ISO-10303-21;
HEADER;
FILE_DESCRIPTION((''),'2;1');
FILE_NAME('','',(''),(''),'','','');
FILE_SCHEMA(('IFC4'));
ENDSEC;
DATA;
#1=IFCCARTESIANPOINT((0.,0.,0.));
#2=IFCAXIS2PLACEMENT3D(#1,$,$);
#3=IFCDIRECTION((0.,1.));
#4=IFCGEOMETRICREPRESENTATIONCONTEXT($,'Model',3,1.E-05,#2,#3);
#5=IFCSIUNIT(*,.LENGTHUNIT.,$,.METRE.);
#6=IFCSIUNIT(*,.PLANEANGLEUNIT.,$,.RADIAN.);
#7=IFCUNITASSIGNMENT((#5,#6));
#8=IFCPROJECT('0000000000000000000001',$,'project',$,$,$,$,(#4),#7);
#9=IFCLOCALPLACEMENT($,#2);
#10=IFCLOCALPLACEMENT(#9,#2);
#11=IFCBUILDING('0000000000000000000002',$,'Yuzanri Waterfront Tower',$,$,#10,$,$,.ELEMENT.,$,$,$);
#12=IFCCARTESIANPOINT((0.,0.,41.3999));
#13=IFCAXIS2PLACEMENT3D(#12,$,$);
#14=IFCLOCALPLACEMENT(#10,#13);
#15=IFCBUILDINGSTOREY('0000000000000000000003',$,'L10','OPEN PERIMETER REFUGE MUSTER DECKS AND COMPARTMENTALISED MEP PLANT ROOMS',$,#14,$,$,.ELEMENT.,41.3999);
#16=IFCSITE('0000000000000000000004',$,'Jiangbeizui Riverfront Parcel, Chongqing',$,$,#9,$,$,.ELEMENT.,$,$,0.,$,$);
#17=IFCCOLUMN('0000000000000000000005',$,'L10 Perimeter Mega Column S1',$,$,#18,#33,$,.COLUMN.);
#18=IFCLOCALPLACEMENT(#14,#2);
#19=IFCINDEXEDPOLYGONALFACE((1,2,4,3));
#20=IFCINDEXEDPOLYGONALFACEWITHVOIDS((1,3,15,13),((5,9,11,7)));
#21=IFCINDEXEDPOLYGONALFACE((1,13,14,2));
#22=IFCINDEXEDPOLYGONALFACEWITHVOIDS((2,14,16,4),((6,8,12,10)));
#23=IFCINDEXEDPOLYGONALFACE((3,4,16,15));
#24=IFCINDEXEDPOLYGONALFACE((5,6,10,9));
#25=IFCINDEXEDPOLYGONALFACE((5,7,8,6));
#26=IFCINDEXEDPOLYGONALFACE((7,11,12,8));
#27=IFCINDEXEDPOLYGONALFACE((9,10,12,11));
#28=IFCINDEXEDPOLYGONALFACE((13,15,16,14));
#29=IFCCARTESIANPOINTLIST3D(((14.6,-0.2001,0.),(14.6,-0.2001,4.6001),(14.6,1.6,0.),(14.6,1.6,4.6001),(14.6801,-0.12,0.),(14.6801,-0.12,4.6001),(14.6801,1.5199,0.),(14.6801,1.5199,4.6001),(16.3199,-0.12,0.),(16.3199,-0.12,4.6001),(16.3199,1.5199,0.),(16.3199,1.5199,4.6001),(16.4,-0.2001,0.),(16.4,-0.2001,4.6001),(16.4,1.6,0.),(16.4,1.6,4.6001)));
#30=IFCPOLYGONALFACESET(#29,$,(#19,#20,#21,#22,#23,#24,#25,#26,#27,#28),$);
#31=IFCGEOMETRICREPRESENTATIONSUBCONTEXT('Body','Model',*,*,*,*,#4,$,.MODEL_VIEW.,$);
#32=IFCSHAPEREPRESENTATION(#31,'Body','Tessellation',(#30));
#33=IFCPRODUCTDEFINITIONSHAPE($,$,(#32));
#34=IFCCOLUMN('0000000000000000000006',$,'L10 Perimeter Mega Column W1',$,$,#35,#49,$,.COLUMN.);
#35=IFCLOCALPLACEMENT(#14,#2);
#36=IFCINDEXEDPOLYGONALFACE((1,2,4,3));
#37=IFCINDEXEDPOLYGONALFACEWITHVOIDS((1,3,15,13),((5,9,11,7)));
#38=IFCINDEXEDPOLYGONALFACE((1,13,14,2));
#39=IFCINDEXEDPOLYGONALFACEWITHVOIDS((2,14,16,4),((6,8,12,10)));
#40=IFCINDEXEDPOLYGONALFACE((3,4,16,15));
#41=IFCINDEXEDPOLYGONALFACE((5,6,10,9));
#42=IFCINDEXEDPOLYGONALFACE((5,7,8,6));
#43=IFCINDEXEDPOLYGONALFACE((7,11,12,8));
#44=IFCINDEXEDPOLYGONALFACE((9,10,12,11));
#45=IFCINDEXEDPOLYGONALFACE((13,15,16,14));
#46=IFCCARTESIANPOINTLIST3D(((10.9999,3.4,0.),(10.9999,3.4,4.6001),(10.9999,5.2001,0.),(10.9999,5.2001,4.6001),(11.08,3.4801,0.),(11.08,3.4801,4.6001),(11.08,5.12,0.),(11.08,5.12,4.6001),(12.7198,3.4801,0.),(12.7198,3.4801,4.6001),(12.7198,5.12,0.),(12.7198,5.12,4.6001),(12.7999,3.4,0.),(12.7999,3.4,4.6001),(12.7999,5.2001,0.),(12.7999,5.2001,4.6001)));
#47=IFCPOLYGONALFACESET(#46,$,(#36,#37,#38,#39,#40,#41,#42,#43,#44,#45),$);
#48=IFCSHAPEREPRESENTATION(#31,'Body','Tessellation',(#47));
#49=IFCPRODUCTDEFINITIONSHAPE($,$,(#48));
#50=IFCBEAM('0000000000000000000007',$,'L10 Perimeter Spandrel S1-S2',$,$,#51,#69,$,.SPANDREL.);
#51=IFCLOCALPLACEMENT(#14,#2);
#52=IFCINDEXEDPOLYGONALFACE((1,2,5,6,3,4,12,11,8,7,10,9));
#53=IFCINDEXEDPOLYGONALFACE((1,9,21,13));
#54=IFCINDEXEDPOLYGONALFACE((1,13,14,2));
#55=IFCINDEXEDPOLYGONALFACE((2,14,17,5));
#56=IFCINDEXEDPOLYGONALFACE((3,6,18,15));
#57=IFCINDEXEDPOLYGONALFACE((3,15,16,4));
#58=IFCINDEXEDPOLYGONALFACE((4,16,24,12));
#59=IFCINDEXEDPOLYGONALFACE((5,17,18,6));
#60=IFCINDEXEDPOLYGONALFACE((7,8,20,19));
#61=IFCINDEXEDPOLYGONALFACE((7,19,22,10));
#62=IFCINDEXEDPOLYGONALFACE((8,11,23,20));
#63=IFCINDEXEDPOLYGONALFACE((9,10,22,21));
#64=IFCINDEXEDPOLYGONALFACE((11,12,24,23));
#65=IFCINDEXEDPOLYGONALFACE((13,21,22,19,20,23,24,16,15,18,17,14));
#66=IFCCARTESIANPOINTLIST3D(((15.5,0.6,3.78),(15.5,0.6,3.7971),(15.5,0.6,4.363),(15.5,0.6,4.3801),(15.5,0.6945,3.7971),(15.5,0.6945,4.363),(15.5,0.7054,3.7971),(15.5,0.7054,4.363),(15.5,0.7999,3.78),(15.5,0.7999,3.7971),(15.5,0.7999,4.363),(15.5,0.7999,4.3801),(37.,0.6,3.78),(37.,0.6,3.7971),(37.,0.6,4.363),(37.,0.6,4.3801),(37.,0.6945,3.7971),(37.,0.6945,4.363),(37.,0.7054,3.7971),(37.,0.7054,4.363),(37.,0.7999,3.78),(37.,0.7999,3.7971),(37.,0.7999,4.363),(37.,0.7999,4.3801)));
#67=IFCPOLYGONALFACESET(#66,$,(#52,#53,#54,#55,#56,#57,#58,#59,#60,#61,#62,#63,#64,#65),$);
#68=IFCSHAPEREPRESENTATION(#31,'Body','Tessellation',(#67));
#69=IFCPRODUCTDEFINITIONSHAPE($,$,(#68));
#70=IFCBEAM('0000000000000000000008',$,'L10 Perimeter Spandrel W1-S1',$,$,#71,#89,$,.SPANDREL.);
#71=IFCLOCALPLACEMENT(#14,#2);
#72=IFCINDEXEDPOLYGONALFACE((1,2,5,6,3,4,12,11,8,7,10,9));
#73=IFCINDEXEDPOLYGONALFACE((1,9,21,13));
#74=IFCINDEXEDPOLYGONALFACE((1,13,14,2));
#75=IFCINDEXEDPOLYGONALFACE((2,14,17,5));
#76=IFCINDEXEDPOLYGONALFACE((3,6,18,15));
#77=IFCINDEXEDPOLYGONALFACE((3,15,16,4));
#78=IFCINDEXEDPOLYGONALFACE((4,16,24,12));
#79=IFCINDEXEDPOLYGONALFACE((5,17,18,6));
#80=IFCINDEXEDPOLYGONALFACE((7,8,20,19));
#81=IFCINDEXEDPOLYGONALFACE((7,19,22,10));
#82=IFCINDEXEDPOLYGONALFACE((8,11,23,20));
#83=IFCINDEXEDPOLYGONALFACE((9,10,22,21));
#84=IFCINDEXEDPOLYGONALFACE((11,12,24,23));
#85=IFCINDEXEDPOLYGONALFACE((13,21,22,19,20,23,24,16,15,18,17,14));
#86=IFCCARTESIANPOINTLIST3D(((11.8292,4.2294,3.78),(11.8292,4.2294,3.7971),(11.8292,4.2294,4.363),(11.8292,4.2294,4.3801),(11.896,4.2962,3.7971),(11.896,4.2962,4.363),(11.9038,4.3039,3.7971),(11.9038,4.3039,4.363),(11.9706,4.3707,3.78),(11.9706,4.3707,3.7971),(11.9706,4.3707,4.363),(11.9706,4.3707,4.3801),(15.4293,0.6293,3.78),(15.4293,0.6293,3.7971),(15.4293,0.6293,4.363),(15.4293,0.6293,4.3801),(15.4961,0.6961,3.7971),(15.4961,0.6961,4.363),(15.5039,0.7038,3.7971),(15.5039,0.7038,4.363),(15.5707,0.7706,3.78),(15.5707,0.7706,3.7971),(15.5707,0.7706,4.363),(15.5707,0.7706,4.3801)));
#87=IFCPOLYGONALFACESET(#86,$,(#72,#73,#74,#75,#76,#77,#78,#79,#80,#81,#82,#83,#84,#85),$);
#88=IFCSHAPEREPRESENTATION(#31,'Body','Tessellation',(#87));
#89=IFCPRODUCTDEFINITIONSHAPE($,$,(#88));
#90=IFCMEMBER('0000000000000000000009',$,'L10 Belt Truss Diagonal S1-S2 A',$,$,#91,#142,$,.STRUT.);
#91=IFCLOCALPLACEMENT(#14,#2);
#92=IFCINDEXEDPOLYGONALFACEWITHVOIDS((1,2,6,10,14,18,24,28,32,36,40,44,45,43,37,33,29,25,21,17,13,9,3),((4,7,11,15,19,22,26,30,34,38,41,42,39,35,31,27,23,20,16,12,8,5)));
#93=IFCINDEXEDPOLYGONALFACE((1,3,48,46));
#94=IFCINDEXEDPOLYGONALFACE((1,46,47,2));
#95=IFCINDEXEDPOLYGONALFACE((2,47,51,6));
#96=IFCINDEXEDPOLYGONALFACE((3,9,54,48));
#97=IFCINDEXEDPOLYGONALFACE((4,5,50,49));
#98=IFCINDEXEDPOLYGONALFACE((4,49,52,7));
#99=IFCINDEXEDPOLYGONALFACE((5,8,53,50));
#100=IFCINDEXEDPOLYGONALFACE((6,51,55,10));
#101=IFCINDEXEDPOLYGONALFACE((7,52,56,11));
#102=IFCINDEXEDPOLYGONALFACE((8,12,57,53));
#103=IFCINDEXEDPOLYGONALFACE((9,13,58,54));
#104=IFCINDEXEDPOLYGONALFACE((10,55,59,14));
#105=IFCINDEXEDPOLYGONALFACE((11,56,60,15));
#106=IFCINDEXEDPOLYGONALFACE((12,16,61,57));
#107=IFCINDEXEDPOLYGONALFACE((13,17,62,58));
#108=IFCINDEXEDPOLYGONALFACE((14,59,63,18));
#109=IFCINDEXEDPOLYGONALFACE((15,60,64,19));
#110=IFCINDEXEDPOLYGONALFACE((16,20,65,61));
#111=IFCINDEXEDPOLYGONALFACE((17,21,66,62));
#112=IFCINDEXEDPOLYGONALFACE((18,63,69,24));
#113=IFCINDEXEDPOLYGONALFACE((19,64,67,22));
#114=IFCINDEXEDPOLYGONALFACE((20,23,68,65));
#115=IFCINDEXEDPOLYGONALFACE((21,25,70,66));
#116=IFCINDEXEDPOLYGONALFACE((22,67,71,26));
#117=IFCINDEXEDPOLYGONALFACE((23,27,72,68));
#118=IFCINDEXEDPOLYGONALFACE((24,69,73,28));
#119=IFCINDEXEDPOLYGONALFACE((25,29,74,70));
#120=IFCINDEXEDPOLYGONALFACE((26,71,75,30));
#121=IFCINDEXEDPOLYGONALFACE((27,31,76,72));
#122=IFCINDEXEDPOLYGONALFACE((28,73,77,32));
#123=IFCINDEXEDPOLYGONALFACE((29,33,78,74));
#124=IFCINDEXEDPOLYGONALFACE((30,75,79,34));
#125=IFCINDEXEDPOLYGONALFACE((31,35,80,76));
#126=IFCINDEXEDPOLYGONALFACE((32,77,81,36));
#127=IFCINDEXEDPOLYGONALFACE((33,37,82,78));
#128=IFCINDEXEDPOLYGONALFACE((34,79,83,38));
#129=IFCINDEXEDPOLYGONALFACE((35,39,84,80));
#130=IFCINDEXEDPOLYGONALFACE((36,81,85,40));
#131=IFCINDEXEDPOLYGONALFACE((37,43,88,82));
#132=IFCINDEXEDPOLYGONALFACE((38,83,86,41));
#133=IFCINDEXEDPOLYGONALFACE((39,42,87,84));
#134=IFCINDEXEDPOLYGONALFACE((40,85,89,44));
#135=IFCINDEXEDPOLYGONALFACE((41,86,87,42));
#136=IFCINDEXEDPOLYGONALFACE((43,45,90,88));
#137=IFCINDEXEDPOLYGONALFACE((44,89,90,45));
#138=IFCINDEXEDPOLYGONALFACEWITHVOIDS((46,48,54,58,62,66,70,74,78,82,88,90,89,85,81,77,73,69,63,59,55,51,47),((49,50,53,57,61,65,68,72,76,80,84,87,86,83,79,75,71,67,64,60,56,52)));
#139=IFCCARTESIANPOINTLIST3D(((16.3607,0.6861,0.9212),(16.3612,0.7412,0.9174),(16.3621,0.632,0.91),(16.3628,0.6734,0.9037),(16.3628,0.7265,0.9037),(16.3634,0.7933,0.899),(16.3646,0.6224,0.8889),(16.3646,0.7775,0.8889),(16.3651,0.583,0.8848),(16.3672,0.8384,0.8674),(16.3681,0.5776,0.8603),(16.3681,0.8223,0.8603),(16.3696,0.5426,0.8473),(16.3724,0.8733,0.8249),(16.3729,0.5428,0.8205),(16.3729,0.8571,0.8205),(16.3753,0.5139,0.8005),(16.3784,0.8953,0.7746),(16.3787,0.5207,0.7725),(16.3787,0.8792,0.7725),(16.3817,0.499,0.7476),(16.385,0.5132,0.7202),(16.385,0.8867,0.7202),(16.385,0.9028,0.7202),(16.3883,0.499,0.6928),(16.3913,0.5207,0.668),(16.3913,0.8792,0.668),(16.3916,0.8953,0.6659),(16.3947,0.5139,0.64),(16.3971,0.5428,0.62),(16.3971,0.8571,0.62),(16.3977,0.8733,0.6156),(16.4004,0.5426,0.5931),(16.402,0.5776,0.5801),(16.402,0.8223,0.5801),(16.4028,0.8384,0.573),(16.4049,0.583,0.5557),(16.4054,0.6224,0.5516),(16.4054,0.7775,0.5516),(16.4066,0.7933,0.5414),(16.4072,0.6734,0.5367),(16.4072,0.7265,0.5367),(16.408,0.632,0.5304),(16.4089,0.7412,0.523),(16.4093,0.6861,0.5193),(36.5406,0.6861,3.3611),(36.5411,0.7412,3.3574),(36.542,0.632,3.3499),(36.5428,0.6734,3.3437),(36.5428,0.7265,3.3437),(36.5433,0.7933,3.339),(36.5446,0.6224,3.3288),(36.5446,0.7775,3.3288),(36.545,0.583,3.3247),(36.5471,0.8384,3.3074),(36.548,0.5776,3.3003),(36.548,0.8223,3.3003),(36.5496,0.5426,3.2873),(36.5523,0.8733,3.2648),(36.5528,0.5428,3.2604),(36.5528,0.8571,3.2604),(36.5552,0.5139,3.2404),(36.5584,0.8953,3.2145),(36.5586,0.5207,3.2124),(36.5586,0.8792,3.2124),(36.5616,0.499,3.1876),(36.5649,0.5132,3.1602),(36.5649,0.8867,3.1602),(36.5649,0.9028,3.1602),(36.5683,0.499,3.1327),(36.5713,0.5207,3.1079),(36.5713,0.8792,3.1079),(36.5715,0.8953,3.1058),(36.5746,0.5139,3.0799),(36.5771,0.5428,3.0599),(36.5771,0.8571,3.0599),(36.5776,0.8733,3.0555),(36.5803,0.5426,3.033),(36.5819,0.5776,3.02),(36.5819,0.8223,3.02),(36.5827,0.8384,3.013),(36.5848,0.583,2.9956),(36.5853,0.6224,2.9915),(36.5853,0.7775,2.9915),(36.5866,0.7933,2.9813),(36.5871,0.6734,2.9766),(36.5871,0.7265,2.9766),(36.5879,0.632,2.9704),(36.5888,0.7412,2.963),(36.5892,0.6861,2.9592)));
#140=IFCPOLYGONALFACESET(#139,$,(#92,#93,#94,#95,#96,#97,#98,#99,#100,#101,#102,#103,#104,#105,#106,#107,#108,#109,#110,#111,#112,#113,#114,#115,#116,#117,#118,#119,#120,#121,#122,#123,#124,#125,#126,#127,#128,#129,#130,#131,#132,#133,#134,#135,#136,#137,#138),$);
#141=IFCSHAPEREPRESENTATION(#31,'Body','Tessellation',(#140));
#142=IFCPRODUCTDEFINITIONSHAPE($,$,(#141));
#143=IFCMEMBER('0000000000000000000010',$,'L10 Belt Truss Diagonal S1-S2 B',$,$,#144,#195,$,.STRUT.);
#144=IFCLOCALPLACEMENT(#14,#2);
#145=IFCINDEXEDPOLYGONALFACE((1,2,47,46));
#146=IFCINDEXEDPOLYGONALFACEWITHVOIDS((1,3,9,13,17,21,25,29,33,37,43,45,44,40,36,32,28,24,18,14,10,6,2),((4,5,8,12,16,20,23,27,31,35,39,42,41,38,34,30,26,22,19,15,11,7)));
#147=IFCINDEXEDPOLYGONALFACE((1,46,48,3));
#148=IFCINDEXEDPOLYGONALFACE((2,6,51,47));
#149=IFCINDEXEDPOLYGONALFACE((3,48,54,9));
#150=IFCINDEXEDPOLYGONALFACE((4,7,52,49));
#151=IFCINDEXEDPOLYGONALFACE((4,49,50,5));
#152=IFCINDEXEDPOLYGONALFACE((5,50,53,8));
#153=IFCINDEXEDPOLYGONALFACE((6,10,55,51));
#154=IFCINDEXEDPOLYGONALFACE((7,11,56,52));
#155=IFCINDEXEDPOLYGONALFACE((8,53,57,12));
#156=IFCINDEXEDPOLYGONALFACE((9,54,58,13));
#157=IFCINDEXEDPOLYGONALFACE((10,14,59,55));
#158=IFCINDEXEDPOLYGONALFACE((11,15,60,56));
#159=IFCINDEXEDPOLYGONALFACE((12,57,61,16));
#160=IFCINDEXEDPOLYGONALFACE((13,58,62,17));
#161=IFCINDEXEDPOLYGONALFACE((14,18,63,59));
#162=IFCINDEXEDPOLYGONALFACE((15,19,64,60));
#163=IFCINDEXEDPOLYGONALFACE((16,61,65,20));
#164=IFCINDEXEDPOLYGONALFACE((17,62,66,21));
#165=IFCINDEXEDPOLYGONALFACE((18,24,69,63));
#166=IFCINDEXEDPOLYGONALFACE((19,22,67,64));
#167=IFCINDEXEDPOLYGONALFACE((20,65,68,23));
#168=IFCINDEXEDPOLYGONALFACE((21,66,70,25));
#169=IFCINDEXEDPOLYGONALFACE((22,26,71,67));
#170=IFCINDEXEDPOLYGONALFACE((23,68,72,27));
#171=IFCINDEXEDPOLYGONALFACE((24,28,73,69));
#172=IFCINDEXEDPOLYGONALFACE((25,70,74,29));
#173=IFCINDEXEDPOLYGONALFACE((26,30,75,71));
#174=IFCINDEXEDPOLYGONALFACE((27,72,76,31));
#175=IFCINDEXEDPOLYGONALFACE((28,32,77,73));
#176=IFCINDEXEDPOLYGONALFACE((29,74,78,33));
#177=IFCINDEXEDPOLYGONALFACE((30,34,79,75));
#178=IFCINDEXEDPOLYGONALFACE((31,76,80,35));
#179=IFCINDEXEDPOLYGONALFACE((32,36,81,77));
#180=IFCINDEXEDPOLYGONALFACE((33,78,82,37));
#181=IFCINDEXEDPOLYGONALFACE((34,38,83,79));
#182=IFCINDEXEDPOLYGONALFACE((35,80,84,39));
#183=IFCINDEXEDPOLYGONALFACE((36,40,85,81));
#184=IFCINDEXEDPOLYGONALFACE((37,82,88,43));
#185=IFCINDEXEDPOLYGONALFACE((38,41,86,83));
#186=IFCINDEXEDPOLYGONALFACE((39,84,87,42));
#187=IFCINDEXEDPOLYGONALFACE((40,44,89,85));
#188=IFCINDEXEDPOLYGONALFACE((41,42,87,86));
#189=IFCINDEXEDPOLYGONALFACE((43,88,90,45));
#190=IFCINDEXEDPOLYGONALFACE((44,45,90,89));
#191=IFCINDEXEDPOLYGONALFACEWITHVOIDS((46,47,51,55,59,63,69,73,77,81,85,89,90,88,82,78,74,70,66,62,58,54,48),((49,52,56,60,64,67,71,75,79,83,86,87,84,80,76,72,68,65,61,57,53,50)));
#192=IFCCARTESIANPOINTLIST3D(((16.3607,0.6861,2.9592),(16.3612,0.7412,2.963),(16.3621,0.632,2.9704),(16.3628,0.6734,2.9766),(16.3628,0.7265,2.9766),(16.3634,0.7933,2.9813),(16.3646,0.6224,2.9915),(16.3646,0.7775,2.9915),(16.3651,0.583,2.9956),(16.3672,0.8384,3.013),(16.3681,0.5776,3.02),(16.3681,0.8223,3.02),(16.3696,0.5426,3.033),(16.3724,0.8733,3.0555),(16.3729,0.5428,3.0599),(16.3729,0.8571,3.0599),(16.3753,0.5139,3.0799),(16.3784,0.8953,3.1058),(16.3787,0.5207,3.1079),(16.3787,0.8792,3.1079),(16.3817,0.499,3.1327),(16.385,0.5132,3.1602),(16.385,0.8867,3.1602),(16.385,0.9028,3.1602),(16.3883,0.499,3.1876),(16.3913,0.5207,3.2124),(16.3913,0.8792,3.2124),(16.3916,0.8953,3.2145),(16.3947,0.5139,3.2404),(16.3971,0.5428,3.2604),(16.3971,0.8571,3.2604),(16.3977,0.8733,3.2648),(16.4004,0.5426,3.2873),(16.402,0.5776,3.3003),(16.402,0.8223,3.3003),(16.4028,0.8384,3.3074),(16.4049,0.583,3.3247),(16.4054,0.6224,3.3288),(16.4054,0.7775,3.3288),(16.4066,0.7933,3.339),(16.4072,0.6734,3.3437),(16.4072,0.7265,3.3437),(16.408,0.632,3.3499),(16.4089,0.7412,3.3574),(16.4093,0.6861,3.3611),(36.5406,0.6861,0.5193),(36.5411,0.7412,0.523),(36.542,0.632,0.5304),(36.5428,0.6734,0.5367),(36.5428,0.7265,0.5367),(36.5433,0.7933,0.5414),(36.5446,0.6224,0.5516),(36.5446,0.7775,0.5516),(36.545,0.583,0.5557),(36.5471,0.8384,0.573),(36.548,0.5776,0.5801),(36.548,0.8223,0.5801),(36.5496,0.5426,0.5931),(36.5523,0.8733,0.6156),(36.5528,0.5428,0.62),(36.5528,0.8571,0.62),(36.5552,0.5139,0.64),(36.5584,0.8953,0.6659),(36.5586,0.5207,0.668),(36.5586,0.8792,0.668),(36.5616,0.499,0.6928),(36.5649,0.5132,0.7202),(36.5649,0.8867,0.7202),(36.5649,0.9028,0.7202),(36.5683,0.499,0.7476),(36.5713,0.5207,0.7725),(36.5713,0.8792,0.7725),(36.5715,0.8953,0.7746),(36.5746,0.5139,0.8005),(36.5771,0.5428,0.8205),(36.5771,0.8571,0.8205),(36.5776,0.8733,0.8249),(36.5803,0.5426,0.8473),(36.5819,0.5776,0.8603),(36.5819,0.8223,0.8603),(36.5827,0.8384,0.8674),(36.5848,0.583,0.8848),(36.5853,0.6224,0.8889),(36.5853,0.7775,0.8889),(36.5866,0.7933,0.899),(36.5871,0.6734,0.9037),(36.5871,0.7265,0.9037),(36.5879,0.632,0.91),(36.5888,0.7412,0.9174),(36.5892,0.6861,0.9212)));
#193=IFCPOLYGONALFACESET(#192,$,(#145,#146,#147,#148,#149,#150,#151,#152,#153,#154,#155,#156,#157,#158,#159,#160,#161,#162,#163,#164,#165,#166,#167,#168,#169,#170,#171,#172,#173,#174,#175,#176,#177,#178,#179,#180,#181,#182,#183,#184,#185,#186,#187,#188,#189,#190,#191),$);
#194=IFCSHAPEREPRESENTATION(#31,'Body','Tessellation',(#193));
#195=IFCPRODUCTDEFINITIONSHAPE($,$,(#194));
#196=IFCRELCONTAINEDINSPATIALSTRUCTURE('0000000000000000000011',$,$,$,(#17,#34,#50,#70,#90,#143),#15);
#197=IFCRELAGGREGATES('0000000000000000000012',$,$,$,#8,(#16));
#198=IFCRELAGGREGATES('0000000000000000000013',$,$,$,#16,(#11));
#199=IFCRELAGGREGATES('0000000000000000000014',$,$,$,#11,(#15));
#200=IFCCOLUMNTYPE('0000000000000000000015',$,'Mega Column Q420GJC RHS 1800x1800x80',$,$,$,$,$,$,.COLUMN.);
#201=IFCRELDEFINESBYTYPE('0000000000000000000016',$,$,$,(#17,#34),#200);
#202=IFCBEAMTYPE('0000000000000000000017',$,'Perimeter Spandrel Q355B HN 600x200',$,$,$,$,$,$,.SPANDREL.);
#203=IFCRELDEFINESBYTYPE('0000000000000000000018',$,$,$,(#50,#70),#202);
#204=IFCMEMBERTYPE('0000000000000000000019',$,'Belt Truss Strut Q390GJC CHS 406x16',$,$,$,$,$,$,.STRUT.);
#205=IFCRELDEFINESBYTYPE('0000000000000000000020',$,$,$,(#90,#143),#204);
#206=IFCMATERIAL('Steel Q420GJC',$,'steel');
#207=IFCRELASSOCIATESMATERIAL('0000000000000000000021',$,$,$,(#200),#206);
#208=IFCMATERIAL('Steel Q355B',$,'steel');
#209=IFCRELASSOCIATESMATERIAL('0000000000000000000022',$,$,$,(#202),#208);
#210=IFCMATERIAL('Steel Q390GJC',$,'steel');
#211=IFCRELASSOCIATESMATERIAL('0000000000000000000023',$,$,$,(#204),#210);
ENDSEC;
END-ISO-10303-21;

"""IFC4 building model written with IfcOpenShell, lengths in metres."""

from ifc_helpers import new_model, si_unit, direction, frame, origin, origin_2d, place, context, subcontext, project, spatial, hollow_rectangle, hollow_circle, i_section, extrude, source, transform, mapped, material, material_profile, profile_set, type_object, element, save


model = new_model("IFC4")

# Units and contexts
model_context = context("Model", 3, precision=1e-05, world=origin(), true_north=direction((0.0, 1.0)))
body_context = subcontext(model_context, "Body", "Model", "MODEL_VIEW")
ifc_project = project(units=[si_unit("LENGTHUNIT", "METRE"), si_unit("PLANEANGLEUNIT", "RADIAN")], contexts=[model_context])

# Site, building, storey
site_placement = place(None, origin())
site = spatial("IfcSite", under=ifc_project, at=site_placement, Name="Jiangbeizui Riverfront Parcel, Chongqing", CompositionType="ELEMENT", RefElevation=0.0)
building_placement = place(site_placement, origin())
building = spatial("IfcBuilding", under=site, at=building_placement, Name="Yuzanri Waterfront Tower", CompositionType="ELEMENT")
storey_placement = place(building_placement, frame((0.0, 0.0, 41.3999)))
storey = spatial("IfcBuildingStorey", under=building, at=storey_placement, Name="L10", Description="OPEN PERIMETER REFUGE MUSTER DECKS AND COMPARTMENTALISED MEP PLANT ROOMS", CompositionType="ELEMENT", Elevation=41.3999)

# Columns
ifc_material_1 = material(Name="Steel Q420GJC", Category="steel")
ifc_material_profile_1 = material_profile(ifc_material_1, hollow_rectangle(XDim=1.8, YDim=1.8, WallThickness=0.0801, at=origin_2d()), Name="RHS 1800x1800x80")
ifc_profile_set_1 = profile_set([ifc_material_profile_1], Name="Steel Q420GJC")
column_type = type_object("IfcColumnType", Name="Mega Column Q420GJC RHS 1800x1800x80", PredefinedType="COLUMN", material=ifc_profile_set_1)
shared_shape_1 = source(origin(), body_context, "Body", "SweptSolid", [
    extrude(hollow_rectangle(XDim=1.8, YDim=1.8, WallThickness=0.0801, at=origin_2d()), origin(), (0.0, 0.0, 1.0), 4.6001),
])
for number, where, z_axis, x_axis, name in (
    (1, (15.5, 0.7, 0.0), (0.0, 0.0, 1.0), (1.0, 0.0, 0.0), "L10 Perimeter Mega Column S1"),
    (2, (11.8999, 4.3, 0.0), (0.0, 0.0, 1.0), (1.0, 0.0, 0.0), "L10 Perimeter Mega Column W1"),
):
    element("IfcColumn", number, at=place(storey_placement, frame(where, z_axis=z_axis, x_axis=x_axis)), inside=storey, type_object=column_type, Name=name, PredefinedType="COLUMN", context=body_context, shape_type="MappedRepresentation", body=[
        mapped(shared_shape_1, transform((0.0, 0.0, 0.0), scale=1.0)),
    ])

# Beams
ifc_material_2 = material(Name="Steel Q355B", Category="steel")
ifc_material_profile_2 = material_profile(ifc_material_2, i_section(OverallWidth=0.2, OverallDepth=0.6001, WebThickness=0.011, FlangeThickness=0.0171, at=origin_2d()), Name="HN 600x200x11x17")
ifc_profile_set_2 = profile_set([ifc_material_profile_2], Name="Steel Q355B")
beam_type = type_object("IfcBeamType", Name="Perimeter Spandrel Q355B HN 600x200", PredefinedType="SPANDREL", material=ifc_profile_set_2)
shared_shape_2 = source(origin(), body_context, "Body", "SweptSolid", [
    extrude(i_section(OverallWidth=0.2, OverallDepth=0.6001, WebThickness=0.011, FlangeThickness=0.0171, at=origin_2d()), origin(), (0.0, 0.0, 1.0), 21.5),
])
beam_1_placement = place(storey_placement, frame((15.5, 0.7, 4.0801), z_axis=(1.0, 0.0, 0.0), x_axis=(0.0, 1.0, 0.0)))
element("IfcBeam", 3, at=beam_1_placement, inside=storey, type_object=beam_type, Name="L10 Perimeter Spandrel S1-S2", PredefinedType="SPANDREL", context=body_context, shape_type="MappedRepresentation", body=[
    mapped(shared_shape_2, transform((0.0, 0.0, 0.0), scale=1.0)),
])
shared_shape_3 = source(origin(), body_context, "Body", "SweptSolid", [
    extrude(i_section(OverallWidth=0.2, OverallDepth=0.6001, WebThickness=0.011, FlangeThickness=0.0171, at=origin_2d()), origin(), (0.0, 0.0, 1.0), 5.0913),
])
beam_2_placement = place(storey_placement, frame((11.8999, 4.3, 4.0801), z_axis=(0.707107, -0.707107, 0.0), x_axis=(0.707107, 0.707107, 0.0)))
element("IfcBeam", 4, at=beam_2_placement, inside=storey, type_object=beam_type, Name="L10 Perimeter Spandrel W1-S1", PredefinedType="SPANDREL", context=body_context, shape_type="MappedRepresentation", body=[
    mapped(shared_shape_3, transform((0.0, 0.0, 0.0), scale=1.0)),
])

# Members
ifc_material_3 = material(Name="Steel Q390GJC", Category="steel")
ifc_material_profile_3 = material_profile(ifc_material_3, hollow_circle(Radius=0.2029, WallThickness=0.0161, at=origin_2d()), Name="CHS 406x16")
ifc_profile_set_3 = profile_set([ifc_material_profile_3], Name="Steel Q390GJC")
member_type = type_object("IfcMemberType", Name="Belt Truss Strut Q390GJC CHS 406x16", PredefinedType="STRUT", material=ifc_profile_set_3)
shared_shape_4 = source(origin(), body_context, "Body", "SweptSolid", [
    extrude(hollow_circle(Radius=0.2029, WallThickness=0.0161, at=origin_2d()), origin(), (0.0, 0.0, 1.0), 20.3269),
])
for number, where, z_axis, x_axis, name in (
    (5, (16.385, 0.7, 0.7202), (0.99277, 0.0, 0.120035), (0.0, 1.0, 0.0), "L10 Belt Truss Diagonal S1-S2 A"),
    (6, (16.385, 0.7, 3.1602), (0.99277, 0.0, -0.120035), (0.0, 1.0, 0.0), "L10 Belt Truss Diagonal S1-S2 B"),
):
    element("IfcMember", number, at=place(storey_placement, frame(where, z_axis=z_axis, x_axis=x_axis)), inside=storey, type_object=member_type, Name=name, PredefinedType="STRUT", context=body_context, shape_type="MappedRepresentation", body=[
        mapped(shared_shape_4, transform((0.0, 0.0, 0.0), scale=1.0)),
    ])

save(model, "model.ifc")
